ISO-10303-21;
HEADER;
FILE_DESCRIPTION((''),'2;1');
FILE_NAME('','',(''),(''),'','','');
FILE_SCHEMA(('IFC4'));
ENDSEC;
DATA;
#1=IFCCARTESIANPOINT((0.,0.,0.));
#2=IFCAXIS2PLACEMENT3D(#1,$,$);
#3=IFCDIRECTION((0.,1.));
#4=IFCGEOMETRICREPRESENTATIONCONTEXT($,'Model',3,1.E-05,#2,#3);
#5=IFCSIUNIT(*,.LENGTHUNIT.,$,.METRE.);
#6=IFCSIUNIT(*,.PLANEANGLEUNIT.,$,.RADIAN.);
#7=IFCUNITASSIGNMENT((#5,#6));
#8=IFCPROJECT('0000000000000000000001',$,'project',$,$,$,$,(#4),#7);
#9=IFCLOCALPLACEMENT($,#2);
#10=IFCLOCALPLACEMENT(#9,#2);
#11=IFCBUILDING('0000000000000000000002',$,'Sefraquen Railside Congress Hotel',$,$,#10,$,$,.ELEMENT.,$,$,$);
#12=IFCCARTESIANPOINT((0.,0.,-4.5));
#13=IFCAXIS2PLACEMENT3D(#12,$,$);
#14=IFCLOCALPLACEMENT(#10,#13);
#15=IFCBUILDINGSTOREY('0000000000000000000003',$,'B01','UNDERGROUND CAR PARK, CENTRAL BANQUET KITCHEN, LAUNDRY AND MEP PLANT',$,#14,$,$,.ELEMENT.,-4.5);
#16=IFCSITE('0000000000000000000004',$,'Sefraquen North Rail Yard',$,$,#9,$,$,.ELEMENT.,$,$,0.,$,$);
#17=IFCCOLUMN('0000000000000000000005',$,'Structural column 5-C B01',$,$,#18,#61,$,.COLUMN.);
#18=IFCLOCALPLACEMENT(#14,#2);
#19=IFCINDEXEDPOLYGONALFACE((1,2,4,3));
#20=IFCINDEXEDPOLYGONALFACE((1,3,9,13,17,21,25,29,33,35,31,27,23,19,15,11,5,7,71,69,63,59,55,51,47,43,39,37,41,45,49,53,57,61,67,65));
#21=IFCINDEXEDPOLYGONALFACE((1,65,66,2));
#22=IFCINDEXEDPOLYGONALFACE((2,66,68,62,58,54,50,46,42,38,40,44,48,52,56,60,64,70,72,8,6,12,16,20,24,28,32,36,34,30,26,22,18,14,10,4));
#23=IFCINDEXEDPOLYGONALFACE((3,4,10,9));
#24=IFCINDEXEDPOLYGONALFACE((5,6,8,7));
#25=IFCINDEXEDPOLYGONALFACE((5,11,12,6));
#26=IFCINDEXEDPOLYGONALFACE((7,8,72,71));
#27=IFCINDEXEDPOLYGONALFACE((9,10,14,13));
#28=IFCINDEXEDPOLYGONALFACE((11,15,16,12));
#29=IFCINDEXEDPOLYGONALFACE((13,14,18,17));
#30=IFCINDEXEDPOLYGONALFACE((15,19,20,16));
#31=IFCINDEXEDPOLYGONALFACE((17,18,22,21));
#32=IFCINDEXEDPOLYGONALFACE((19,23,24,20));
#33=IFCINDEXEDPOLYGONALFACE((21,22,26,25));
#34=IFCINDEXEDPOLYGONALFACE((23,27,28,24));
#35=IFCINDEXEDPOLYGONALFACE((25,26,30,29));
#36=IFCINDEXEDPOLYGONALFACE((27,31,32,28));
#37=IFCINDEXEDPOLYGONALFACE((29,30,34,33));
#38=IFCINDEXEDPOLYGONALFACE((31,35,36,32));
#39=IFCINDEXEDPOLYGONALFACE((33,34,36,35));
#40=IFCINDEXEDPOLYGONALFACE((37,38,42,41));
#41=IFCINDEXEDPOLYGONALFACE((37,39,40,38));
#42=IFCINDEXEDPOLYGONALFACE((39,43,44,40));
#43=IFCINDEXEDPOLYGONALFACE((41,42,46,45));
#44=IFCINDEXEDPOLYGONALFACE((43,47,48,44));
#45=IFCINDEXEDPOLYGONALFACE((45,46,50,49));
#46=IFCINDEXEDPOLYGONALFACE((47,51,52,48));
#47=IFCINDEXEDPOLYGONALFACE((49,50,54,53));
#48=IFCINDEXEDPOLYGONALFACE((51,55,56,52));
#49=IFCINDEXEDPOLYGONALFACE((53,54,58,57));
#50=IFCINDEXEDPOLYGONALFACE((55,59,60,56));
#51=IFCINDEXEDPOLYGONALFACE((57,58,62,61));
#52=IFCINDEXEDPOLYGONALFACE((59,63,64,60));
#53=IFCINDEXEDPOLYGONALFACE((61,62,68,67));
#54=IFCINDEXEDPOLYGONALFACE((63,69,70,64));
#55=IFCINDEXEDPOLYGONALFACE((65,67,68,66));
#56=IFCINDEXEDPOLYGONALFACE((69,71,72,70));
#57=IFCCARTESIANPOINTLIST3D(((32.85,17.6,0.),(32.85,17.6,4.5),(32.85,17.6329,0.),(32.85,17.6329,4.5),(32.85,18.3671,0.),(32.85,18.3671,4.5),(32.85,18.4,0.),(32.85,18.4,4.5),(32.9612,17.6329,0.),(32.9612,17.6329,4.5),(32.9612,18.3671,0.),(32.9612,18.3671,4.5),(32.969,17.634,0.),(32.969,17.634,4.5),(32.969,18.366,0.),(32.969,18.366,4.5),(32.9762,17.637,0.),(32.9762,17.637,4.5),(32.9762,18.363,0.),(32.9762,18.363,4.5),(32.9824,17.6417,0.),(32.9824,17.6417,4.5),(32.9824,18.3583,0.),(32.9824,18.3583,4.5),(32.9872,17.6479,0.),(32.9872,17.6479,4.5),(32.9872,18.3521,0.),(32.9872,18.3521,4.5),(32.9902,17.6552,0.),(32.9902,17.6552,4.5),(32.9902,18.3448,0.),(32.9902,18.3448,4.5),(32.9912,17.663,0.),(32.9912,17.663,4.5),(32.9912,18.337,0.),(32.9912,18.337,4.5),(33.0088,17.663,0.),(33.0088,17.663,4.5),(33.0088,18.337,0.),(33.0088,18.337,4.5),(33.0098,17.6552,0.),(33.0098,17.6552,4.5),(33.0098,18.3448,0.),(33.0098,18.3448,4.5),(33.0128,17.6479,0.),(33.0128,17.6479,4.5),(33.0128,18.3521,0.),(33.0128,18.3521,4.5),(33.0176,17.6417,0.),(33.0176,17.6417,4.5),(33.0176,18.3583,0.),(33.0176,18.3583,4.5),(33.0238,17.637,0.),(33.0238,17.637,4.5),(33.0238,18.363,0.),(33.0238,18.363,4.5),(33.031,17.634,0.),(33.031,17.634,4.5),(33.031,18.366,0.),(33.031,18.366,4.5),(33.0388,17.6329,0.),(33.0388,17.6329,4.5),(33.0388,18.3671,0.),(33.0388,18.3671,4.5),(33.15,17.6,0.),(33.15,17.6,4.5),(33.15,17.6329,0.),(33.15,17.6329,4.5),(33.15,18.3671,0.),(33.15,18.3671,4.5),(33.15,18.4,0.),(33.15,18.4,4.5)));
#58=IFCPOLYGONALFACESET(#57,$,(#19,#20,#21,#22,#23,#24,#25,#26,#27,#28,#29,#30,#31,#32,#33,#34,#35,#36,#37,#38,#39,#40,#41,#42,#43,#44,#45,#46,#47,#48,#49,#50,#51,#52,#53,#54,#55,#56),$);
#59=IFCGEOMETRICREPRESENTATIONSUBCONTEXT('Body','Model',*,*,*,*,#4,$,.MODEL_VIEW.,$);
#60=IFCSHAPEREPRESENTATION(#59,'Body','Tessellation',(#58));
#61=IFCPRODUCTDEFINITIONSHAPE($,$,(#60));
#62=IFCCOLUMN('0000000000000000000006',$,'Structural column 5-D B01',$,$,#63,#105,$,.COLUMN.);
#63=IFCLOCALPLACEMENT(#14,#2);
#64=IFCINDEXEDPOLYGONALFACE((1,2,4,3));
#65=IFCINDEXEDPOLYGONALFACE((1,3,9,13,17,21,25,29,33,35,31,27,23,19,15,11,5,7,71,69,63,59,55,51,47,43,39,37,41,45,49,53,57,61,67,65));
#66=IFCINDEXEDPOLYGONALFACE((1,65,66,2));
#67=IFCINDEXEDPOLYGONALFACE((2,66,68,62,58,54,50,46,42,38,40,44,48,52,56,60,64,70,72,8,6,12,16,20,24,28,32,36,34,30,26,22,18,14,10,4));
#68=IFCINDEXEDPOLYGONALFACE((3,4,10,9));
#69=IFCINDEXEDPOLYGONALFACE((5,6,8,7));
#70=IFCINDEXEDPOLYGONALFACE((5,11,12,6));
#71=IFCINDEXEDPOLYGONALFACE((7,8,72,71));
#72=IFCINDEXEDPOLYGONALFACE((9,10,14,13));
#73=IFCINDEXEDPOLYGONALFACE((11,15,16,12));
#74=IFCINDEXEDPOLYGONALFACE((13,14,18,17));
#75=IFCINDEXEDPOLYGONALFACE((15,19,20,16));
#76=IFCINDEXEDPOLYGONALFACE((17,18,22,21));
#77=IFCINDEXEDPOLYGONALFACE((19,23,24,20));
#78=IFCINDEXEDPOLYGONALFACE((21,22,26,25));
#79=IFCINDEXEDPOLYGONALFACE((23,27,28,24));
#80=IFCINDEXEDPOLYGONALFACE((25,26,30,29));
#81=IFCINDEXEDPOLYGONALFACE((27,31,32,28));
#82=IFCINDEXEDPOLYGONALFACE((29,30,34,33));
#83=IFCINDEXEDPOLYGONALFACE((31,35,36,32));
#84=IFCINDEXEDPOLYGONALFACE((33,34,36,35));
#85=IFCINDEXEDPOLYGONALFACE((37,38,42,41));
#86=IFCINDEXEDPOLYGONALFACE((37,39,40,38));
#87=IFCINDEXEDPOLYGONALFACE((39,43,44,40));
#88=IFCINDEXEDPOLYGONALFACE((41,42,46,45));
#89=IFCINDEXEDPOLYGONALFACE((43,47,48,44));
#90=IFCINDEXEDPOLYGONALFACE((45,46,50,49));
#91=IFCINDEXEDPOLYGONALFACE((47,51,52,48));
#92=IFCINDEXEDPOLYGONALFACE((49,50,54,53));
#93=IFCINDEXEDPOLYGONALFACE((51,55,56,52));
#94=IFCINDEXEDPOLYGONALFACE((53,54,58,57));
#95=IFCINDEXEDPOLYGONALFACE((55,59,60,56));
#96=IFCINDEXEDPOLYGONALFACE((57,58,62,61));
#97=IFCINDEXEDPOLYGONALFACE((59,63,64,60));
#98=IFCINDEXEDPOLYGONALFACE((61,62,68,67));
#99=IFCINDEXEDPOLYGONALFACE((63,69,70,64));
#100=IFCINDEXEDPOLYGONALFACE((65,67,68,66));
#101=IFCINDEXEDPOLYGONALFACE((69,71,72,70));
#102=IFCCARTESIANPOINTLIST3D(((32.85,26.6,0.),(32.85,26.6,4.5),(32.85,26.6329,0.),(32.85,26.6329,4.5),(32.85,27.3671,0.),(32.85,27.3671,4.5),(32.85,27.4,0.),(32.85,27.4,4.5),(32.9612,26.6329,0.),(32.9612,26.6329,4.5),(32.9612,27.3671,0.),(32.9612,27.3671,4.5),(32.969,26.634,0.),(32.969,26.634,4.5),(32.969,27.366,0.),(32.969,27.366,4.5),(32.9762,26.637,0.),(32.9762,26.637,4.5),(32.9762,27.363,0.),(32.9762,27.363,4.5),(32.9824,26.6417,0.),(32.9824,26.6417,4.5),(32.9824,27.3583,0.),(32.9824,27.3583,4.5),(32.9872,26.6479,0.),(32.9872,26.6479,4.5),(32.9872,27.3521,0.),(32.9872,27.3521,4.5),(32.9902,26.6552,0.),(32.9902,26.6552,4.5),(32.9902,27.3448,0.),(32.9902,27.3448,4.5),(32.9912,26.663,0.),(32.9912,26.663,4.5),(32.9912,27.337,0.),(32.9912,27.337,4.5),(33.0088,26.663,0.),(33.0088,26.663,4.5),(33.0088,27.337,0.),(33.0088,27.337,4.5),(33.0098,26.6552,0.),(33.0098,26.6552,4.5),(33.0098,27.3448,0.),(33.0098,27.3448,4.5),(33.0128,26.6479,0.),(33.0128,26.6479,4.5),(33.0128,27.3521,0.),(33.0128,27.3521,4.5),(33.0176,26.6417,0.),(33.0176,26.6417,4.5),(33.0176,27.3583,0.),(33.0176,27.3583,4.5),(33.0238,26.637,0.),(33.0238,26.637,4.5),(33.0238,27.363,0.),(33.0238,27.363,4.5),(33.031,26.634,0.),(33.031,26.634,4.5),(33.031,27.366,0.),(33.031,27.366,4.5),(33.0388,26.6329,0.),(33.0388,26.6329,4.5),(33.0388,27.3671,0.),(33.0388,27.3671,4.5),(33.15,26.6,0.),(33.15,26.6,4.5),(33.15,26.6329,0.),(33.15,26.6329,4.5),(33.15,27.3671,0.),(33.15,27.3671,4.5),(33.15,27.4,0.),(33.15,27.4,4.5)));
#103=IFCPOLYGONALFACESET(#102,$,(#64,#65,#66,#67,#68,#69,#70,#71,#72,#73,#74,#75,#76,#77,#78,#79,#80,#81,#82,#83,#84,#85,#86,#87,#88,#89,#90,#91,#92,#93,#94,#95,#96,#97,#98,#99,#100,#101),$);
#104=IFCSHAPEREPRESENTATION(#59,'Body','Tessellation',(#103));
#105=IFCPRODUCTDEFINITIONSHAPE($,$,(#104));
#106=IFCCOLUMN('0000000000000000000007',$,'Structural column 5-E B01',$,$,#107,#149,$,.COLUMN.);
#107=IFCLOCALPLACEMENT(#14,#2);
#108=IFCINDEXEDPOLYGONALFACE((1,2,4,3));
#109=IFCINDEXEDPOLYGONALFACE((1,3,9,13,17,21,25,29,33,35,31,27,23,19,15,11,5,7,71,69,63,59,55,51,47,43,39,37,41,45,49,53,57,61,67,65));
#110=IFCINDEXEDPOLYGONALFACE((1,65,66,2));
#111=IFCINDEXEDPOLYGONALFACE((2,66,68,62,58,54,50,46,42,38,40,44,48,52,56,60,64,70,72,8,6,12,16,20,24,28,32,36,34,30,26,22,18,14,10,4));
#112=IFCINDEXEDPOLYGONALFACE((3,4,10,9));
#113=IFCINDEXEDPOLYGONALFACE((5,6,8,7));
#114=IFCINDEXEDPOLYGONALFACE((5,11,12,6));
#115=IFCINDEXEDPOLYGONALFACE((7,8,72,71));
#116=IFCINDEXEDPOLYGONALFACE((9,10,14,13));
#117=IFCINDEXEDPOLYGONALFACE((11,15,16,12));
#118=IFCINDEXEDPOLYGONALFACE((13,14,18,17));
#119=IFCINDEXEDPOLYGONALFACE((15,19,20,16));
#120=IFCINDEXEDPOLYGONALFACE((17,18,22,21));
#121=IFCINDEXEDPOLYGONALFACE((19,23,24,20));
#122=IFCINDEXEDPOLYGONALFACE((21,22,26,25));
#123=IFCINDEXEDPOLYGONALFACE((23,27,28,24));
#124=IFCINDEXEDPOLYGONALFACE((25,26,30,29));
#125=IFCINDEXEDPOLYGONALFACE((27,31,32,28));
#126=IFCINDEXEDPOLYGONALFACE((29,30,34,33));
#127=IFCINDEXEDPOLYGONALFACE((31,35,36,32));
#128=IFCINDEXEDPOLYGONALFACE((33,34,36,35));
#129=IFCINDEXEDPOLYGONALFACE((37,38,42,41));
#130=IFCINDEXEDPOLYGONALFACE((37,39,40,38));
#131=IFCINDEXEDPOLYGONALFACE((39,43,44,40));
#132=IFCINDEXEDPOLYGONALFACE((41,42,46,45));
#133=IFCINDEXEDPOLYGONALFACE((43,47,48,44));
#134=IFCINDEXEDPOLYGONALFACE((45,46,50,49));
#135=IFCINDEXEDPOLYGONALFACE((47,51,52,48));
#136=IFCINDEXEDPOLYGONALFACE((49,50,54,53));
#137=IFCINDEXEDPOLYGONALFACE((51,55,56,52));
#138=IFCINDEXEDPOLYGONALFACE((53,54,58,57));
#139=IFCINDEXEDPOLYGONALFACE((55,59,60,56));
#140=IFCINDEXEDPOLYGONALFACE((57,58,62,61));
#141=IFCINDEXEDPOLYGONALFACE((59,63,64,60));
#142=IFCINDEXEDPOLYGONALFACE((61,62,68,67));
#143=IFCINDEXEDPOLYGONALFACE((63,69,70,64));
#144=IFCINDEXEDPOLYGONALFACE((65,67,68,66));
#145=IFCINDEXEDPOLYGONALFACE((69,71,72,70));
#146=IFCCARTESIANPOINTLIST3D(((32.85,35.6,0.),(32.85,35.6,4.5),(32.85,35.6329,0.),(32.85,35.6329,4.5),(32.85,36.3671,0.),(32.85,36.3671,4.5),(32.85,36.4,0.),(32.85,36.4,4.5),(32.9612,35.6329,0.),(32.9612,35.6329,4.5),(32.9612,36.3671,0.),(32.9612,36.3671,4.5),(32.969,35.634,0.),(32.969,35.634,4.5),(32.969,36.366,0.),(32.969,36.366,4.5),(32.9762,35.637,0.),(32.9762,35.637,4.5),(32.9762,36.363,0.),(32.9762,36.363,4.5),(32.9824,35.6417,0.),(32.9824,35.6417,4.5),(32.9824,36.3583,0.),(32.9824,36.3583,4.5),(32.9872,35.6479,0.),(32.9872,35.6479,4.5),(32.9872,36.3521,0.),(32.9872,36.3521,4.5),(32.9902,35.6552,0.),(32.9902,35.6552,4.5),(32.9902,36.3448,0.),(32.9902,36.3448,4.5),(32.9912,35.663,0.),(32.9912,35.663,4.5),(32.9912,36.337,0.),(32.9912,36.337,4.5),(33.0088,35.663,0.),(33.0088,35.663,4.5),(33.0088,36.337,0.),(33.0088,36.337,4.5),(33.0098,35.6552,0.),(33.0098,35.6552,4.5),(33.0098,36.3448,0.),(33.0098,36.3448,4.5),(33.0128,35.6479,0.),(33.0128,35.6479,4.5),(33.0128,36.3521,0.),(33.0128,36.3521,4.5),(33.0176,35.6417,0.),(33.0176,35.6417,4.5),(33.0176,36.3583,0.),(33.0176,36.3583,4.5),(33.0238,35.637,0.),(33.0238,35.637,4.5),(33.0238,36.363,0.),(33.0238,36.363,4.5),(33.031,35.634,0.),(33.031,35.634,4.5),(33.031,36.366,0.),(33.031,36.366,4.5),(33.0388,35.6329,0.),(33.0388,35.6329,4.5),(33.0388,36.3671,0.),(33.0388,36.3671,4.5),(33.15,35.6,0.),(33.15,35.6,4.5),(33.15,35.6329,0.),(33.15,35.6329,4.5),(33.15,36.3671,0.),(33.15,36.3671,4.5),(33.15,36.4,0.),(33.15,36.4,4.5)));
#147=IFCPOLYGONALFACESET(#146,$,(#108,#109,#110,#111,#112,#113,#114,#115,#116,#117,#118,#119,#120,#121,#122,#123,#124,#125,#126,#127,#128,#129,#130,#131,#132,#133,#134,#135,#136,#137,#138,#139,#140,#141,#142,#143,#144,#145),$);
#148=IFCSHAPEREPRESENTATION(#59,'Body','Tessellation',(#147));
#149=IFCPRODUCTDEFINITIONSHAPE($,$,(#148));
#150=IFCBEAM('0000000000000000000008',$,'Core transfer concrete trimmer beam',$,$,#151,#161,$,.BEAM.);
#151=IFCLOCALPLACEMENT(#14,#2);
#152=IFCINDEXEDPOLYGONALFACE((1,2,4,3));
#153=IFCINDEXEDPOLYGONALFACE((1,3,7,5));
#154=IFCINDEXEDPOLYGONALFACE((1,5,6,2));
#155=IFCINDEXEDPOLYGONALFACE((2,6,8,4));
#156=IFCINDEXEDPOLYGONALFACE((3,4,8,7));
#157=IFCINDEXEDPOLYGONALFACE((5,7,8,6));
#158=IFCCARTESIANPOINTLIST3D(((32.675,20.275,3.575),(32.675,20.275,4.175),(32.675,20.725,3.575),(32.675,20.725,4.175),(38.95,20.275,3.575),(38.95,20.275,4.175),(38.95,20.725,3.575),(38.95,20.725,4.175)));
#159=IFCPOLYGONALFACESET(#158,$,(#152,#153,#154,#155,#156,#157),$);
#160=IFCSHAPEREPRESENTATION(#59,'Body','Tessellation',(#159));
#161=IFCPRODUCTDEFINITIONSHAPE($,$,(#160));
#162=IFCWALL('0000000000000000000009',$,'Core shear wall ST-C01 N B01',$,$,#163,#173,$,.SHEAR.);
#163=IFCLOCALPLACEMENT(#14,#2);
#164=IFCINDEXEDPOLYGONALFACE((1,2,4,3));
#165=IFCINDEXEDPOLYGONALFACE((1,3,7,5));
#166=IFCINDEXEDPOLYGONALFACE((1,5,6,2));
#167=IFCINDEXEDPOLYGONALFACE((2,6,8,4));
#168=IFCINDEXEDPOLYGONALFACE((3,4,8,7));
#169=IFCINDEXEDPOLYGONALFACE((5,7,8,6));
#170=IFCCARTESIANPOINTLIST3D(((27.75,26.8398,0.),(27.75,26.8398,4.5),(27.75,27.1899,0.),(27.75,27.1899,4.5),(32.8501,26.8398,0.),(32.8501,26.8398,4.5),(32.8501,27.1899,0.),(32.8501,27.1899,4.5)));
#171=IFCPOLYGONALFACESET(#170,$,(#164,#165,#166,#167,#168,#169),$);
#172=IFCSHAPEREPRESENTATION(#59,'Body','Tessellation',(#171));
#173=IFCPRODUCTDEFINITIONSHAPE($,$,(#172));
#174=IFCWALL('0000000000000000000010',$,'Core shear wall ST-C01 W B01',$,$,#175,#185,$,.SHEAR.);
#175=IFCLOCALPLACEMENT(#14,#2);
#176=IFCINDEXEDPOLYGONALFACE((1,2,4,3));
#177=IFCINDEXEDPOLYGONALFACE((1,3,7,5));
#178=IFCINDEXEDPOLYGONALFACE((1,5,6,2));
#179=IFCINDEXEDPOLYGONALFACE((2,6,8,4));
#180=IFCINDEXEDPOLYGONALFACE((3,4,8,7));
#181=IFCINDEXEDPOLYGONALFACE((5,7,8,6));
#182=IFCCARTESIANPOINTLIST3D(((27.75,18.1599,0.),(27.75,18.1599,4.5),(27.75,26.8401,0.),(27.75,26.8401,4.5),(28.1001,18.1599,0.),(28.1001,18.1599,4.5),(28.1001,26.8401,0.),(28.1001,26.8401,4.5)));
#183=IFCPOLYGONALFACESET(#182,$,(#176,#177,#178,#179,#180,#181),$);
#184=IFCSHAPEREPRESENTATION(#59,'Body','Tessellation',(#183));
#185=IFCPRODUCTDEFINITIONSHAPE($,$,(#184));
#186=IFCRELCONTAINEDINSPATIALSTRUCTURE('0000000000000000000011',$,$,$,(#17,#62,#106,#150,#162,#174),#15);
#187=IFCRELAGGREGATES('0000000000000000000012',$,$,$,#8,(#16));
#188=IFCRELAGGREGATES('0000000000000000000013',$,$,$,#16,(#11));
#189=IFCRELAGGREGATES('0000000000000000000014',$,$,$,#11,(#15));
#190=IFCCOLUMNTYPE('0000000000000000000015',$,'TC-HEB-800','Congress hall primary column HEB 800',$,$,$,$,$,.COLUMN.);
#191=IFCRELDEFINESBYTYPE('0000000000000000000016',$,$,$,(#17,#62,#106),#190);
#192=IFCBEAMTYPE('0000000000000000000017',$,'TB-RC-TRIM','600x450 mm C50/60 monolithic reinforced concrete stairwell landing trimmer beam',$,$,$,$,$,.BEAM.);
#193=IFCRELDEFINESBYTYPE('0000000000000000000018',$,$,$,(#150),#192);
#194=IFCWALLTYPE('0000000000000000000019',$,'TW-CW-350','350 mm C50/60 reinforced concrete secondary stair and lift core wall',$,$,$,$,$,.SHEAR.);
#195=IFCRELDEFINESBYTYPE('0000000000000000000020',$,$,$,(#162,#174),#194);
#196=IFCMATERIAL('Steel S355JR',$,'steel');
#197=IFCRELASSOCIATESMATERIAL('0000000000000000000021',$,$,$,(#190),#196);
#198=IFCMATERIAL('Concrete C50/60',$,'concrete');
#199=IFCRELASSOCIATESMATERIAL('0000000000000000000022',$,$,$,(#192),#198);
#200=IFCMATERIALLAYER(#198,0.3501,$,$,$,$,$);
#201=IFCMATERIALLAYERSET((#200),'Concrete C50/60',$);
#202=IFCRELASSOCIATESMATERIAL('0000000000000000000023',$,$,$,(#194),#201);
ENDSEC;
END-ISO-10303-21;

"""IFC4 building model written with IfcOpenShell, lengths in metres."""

from ifc_helpers import new_model, si_unit, direction, frame, frame_2d, origin, origin_2d, place, context, subcontext, project, spatial, rectangle, i_section, extrude, material, layer, layer_set, material_profile, profile_set, type_object, element, save


model = new_model("IFC4")

# Units and contexts
model_context = context("Model", 3, precision=1e-05, world=origin(), true_north=direction((0.0, 1.0)))
body_context = subcontext(model_context, "Body", "Model", "MODEL_VIEW")
ifc_project = project(units=[si_unit("LENGTHUNIT", "METRE"), si_unit("PLANEANGLEUNIT", "RADIAN")], contexts=[model_context])

# Site, building, storey
site_placement = place(None, origin())
site = spatial("IfcSite", under=ifc_project, at=site_placement, Name="Sefraquen North Rail Yard", CompositionType="ELEMENT", RefElevation=0.0)
building_placement = place(site_placement, origin())
building = spatial("IfcBuilding", under=site, at=building_placement, Name="Sefraquen Railside Congress Hotel", CompositionType="ELEMENT")
storey_placement = place(building_placement, frame((0.0, 0.0, -4.5)))
storey = spatial("IfcBuildingStorey", under=building, at=storey_placement, Name="B01", Description="UNDERGROUND CAR PARK, CENTRAL BANQUET KITCHEN, LAUNDRY AND MEP PLANT", CompositionType="ELEMENT", Elevation=-4.5)

# Columns
ifc_material_1 = material(Name="Steel S355JR", Category="steel")
ifc_material_profile_1 = material_profile(ifc_material_1, i_section(OverallWidth=0.3, OverallDepth=0.8, WebThickness=0.0176, FlangeThickness=0.033, FilletRadius=0.03, at=origin_2d()), Name="HEB 800")
ifc_profile_set_1 = profile_set([ifc_material_profile_1], Name="Steel S355JR")
column_type = type_object("IfcColumnType", Name="TC-HEB-800", Description="Congress hall primary column HEB 800", PredefinedType="COLUMN", material=ifc_profile_set_1)
for number, where, z_axis, x_axis, name in (
    (1, (33.0, 18.0, 0.0), (0.0, 0.0, 1.0), (1.0, 0.0, 0.0), "Structural column 5-C B01"),
    (2, (33.0, 27.0, 0.0), (0.0, 0.0, 1.0), (1.0, 0.0, 0.0), "Structural column 5-D B01"),
    (3, (33.0, 36.0, 0.0), (0.0, 0.0, 1.0), (1.0, 0.0, 0.0), "Structural column 5-E B01"),
):
    element("IfcColumn", number, at=place(storey_placement, frame(where, z_axis=z_axis, x_axis=x_axis)), inside=storey, type_object=column_type, Name=name, PredefinedType="COLUMN", context=body_context, shape_type="SweptSolid", body=[
        extrude(i_section(OverallWidth=0.3, OverallDepth=0.8, WebThickness=0.0176, FlangeThickness=0.033, FilletRadius=0.03, at=origin_2d()), origin(), (0.0, 0.0, 1.0), 4.5),
    ])

# Beam
ifc_material_2 = material(Name="Concrete C50/60", Category="concrete")
ifc_material_profile_2 = material_profile(ifc_material_2, rectangle(XDim=0.45, YDim=0.6001, at=origin_2d()), Name="RC 600x450")
ifc_profile_set_2 = profile_set([ifc_material_profile_2], Name="Concrete C50/60")
beam_type = type_object("IfcBeamType", Name="TB-RC-TRIM", Description="600x450 mm C50/60 monolithic reinforced concrete stairwell landing trimmer beam", PredefinedType="BEAM", material=ifc_profile_set_2)
beam_placement = place(storey_placement, frame((32.675, 20.5, 3.875), z_axis=(1.0, 0.0, 0.0), x_axis=(0.0, 1.0, 0.0)))
element("IfcBeam", 4, at=beam_placement, inside=storey, type_object=beam_type, Name="Core transfer concrete trimmer beam", PredefinedType="BEAM", context=body_context, shape_type="SweptSolid", body=[
    extrude(rectangle(XDim=0.45, YDim=0.6001, at=origin_2d()), origin(), (0.0, 0.0, 1.0), 6.2749),
])

# Walls
ifc_layer = layer(ifc_material_2, 0.3501)
ifc_layer_set = layer_set([ifc_layer], Name="Concrete C50/60")
wall_type = type_object("IfcWallType", Name="TW-CW-350", Description="350 mm C50/60 reinforced concrete secondary stair and lift core wall", PredefinedType="SHEAR", material=ifc_layer_set)
wall_1_placement = place(storey_placement, frame((27.75, 27.0149, 0.0), z_axis=(0.0, 0.0, 1.0), x_axis=(1.0, 0.0, 0.0)))
element("IfcWall", 5, at=wall_1_placement, inside=storey, type_object=wall_type, Name="Core shear wall ST-C01 N B01", PredefinedType="SHEAR", context=body_context, shape_type="SweptSolid", body=[
    extrude(rectangle(XDim=5.1001, YDim=0.3501, at=frame_2d((2.55, 0.0))), origin(), (0.0, 0.0, 1.0), 4.5),
])
wall_2_placement = place(storey_placement, frame((27.925, 18.1599, 0.0), z_axis=(0.0, 0.0, 1.0), x_axis=(0.0, 1.0, 0.0)))
element("IfcWall", 6, at=wall_2_placement, inside=storey, type_object=wall_type, Name="Core shear wall ST-C01 W B01", PredefinedType="SHEAR", context=body_context, shape_type="SweptSolid", body=[
    extrude(rectangle(XDim=8.6802, YDim=0.3501, at=frame_2d((4.3401, 0.0))), origin(), (0.0, 0.0, 1.0), 4.5),
])

save(model, "model.ifc")
